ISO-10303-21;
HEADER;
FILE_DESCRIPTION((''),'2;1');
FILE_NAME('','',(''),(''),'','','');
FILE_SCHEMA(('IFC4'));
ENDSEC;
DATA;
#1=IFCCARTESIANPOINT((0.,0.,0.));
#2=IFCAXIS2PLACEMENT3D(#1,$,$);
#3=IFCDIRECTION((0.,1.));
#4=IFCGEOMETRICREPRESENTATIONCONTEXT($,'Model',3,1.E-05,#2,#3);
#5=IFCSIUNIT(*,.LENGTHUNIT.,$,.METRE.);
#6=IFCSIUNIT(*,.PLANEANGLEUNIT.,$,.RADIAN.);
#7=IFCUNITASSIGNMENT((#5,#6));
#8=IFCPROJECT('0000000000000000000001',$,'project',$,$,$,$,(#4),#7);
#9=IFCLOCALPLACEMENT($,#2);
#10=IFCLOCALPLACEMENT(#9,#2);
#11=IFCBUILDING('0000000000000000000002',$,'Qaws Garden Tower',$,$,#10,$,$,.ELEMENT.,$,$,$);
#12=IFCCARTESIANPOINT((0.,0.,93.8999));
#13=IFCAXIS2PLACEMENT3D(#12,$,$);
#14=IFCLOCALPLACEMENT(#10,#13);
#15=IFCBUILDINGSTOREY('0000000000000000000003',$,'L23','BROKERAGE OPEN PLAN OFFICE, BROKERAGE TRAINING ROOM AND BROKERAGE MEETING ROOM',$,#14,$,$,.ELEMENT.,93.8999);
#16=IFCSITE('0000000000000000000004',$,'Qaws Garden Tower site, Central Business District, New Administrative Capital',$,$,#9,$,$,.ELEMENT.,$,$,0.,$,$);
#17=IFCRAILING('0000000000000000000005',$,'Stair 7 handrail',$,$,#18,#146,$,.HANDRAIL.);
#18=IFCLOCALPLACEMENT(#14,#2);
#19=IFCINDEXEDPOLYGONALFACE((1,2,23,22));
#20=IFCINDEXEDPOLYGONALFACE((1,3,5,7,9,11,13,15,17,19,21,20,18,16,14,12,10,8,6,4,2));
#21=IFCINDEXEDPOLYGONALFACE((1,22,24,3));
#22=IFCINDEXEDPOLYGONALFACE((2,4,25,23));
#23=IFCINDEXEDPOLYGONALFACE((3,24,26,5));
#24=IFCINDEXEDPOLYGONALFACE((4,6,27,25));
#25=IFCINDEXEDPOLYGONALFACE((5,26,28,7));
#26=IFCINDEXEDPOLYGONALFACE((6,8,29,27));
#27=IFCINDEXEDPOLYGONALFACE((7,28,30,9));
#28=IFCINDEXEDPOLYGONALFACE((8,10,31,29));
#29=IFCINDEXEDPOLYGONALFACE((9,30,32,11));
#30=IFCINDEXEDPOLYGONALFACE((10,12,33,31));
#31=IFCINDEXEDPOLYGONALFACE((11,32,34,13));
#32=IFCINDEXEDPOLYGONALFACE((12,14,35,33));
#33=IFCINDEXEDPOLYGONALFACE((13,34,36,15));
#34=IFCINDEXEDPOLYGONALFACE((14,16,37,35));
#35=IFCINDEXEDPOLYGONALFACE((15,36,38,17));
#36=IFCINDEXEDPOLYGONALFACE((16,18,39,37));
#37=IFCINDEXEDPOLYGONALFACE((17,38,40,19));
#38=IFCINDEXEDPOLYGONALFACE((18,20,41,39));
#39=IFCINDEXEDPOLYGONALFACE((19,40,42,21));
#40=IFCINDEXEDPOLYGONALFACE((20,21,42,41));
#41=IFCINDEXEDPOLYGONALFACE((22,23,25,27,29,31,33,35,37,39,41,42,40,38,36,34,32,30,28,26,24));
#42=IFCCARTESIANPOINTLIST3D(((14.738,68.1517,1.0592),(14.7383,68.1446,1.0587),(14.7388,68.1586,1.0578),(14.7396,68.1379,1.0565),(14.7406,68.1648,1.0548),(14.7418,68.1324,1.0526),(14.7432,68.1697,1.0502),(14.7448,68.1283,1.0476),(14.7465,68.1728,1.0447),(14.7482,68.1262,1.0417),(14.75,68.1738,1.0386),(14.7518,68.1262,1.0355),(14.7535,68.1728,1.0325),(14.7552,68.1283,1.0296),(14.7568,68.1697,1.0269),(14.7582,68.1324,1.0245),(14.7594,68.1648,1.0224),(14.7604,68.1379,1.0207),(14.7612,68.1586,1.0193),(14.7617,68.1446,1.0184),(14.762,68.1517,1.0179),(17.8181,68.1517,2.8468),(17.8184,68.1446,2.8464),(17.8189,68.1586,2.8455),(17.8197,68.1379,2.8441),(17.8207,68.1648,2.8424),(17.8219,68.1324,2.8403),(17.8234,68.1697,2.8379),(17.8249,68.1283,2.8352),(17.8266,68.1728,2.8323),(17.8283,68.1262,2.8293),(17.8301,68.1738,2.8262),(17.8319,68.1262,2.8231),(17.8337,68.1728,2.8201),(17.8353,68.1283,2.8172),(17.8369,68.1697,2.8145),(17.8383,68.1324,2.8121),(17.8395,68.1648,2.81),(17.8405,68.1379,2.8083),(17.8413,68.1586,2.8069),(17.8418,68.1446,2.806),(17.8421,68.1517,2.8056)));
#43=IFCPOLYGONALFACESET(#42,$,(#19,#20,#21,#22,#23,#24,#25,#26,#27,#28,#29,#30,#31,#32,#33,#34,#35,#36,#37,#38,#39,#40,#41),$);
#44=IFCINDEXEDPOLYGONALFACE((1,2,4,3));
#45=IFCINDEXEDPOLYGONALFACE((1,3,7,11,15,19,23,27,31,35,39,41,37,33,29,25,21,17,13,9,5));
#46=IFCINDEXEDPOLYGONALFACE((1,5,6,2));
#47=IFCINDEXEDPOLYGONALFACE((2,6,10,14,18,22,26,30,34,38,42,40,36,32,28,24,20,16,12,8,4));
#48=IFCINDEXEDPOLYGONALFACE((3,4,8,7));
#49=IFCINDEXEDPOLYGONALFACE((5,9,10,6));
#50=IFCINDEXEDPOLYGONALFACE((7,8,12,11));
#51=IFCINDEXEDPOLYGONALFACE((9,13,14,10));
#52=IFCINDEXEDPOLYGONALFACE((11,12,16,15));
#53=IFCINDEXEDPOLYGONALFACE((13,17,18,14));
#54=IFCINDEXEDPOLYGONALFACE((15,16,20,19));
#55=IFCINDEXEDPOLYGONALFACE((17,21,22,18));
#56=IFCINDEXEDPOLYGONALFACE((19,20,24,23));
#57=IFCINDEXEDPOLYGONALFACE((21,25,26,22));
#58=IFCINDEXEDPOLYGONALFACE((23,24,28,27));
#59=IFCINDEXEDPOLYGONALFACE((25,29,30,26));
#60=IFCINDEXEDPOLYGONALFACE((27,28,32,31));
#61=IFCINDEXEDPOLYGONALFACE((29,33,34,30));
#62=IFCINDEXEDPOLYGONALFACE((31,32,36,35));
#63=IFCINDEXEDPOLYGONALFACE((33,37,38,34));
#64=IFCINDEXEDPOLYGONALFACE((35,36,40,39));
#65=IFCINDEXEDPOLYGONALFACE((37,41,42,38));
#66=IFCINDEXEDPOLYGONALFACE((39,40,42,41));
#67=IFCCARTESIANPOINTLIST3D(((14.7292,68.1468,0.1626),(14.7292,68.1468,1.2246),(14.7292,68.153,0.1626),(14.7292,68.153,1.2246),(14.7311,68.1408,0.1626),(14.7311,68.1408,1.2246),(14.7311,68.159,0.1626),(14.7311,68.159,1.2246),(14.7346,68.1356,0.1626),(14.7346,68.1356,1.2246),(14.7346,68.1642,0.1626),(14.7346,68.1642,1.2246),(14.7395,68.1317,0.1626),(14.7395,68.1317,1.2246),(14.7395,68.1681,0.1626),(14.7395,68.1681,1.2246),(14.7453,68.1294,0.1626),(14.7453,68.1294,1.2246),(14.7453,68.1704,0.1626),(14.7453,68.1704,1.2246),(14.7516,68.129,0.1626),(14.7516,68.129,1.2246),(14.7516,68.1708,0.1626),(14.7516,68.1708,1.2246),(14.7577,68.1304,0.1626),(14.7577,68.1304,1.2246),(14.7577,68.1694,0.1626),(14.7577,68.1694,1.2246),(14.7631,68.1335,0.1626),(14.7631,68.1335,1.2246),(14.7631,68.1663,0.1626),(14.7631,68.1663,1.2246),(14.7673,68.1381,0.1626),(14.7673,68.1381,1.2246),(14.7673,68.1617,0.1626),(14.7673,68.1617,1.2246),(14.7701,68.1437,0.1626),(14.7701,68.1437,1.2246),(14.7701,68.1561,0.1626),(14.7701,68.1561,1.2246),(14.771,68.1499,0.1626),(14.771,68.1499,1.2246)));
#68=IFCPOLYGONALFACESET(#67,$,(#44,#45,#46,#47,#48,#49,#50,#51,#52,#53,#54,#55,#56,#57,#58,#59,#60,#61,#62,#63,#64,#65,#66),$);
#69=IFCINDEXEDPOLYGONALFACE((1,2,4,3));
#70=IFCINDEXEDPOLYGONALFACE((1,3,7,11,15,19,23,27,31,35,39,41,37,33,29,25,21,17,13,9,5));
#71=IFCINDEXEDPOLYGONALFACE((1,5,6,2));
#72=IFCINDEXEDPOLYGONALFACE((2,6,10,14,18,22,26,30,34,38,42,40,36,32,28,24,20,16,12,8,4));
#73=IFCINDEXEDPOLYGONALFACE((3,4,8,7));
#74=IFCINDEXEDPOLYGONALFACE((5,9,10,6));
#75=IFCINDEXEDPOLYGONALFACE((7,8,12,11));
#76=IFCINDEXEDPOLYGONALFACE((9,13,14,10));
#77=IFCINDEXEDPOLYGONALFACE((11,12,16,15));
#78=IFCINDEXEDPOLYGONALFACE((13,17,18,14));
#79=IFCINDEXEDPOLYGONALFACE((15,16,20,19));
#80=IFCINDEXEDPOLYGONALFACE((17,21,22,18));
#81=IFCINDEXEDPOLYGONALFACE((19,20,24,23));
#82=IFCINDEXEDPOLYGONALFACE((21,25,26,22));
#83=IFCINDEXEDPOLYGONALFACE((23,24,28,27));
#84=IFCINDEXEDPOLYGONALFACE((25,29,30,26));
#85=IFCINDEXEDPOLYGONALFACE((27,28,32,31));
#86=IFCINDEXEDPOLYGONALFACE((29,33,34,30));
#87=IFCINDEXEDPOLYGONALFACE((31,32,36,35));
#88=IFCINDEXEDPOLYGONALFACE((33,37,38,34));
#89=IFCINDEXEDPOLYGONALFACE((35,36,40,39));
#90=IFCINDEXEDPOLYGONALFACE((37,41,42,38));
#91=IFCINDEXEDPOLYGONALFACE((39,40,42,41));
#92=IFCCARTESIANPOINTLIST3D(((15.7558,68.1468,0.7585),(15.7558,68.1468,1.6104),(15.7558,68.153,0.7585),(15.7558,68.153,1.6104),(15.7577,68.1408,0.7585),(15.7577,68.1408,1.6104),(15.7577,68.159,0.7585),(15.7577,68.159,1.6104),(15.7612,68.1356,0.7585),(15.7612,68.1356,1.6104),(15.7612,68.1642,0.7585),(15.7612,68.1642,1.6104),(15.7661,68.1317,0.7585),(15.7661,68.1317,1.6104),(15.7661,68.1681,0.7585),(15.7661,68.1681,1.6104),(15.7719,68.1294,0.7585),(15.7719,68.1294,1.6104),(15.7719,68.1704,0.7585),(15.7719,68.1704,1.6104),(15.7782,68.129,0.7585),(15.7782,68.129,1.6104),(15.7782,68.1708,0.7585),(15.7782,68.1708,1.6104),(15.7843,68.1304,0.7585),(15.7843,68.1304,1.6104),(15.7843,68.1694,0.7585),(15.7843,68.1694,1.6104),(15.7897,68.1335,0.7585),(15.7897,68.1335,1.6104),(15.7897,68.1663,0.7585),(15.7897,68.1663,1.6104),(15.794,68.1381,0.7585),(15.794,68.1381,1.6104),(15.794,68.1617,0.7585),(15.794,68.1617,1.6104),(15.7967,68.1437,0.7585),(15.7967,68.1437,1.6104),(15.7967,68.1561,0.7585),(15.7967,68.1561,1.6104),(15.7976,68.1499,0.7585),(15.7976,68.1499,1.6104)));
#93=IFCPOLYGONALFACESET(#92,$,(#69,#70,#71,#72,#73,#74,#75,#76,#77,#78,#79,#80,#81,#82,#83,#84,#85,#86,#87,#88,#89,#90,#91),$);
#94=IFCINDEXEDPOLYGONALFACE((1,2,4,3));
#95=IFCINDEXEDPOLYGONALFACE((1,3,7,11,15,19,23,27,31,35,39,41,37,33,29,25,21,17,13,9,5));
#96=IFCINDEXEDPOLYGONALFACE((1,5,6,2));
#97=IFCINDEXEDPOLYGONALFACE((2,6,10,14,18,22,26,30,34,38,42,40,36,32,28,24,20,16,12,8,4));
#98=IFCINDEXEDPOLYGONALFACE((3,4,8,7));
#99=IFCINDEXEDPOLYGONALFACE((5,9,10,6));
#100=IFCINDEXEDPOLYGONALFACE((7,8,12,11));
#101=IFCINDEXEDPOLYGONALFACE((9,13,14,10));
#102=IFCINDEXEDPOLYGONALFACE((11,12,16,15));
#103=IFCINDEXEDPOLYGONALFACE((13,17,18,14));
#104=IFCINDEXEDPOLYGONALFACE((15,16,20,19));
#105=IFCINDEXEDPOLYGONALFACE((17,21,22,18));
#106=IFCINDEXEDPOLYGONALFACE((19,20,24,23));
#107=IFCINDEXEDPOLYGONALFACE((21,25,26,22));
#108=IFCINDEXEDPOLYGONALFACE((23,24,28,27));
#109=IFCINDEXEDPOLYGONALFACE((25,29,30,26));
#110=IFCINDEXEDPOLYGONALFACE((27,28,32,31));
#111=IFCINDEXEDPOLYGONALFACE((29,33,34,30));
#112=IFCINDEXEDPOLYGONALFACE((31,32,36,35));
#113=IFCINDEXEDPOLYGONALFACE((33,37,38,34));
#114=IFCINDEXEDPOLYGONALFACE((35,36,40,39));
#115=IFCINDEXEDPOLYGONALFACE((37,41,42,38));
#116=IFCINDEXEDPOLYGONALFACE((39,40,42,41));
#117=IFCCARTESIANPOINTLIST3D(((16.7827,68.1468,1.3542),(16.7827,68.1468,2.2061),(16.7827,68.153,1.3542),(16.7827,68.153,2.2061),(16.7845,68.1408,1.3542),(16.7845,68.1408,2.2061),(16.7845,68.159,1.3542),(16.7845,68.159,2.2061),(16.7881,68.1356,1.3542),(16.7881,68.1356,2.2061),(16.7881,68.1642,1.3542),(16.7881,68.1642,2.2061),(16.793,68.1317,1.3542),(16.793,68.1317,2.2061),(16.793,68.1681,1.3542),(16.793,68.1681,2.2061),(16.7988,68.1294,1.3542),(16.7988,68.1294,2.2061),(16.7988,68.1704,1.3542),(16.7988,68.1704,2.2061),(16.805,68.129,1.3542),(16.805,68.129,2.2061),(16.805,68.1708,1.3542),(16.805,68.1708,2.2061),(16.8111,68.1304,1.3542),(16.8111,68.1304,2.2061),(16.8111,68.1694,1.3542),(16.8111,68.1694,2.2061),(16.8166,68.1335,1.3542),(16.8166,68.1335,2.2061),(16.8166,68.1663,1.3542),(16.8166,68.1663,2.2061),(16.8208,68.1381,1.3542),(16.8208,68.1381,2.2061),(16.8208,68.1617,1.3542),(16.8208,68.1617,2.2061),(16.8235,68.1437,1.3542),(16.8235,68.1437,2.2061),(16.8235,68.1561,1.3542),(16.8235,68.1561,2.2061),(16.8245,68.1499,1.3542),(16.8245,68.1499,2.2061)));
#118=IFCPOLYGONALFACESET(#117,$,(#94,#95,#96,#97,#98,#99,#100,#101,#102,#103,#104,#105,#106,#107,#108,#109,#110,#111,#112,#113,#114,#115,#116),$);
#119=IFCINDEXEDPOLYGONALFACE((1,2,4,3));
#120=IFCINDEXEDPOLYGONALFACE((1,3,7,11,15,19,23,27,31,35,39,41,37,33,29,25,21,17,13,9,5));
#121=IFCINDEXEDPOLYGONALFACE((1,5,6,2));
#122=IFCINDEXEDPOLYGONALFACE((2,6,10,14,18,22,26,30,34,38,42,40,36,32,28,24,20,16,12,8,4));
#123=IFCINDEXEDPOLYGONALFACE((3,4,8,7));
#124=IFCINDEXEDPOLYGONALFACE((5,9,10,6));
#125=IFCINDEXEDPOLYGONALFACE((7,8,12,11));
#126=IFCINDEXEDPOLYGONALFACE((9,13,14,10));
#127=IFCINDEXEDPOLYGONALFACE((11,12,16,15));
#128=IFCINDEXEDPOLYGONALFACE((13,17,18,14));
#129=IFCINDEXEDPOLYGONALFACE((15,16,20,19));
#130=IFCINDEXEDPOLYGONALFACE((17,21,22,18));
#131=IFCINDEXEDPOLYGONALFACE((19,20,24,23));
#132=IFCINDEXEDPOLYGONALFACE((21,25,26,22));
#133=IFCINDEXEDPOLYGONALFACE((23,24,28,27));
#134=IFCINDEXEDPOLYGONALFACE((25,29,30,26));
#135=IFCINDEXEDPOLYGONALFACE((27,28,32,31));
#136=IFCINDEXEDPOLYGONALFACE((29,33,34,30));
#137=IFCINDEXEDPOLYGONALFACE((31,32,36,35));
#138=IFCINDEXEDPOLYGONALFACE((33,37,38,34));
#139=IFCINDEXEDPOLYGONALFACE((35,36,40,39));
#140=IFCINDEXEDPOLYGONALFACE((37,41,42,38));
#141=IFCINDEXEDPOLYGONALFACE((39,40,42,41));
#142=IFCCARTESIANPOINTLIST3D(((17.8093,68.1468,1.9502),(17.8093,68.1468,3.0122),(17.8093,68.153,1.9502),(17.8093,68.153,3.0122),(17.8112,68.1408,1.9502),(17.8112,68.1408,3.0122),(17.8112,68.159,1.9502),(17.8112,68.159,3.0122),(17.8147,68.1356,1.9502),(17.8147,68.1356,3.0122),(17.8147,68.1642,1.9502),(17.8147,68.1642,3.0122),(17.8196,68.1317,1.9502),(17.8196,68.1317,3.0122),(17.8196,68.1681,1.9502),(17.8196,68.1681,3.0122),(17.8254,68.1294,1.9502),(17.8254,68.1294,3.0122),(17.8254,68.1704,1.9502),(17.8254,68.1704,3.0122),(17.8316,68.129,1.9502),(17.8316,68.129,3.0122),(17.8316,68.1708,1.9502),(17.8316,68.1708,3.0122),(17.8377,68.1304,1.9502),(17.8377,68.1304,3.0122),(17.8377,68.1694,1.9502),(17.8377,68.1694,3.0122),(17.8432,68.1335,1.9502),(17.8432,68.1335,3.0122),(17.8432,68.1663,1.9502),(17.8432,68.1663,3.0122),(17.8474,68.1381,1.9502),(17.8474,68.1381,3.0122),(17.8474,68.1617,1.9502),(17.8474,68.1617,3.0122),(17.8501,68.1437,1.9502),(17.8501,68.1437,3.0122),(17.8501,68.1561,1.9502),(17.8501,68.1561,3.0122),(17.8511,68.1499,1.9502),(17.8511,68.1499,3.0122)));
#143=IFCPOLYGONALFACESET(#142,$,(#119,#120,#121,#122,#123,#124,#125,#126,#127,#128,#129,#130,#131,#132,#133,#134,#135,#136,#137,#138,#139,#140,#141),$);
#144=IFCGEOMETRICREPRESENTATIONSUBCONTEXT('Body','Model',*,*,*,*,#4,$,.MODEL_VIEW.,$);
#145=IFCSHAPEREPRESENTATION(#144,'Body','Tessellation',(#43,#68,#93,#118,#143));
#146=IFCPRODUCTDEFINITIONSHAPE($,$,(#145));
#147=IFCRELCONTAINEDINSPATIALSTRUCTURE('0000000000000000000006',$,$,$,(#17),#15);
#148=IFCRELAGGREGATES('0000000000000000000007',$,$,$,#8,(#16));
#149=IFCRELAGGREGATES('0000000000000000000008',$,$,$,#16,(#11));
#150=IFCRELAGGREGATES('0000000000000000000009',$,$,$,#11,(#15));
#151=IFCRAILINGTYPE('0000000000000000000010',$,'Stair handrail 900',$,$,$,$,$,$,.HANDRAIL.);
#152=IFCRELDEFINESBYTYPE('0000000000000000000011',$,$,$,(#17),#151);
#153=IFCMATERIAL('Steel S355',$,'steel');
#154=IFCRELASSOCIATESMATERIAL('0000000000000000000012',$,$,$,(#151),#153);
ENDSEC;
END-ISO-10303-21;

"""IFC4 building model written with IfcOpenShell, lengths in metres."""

from ifc_helpers import new_model, si_unit, direction, frame, origin, origin_2d, place, context, subcontext, project, spatial, circle, extrude, material, type_object, element, save


model = new_model("IFC4")

# Units and contexts
model_context = context("Model", 3, precision=1e-05, world=origin(), true_north=direction((0.0, 1.0)))
body_context = subcontext(model_context, "Body", "Model", "MODEL_VIEW")
ifc_project = project(units=[si_unit("LENGTHUNIT", "METRE"), si_unit("PLANEANGLEUNIT", "RADIAN")], contexts=[model_context])

# Site, building, storey
site_placement = place(None, origin())
site = spatial("IfcSite", under=ifc_project, at=site_placement, Name="Qaws Garden Tower site, Central Business District, New Administrative Capital", CompositionType="ELEMENT", RefElevation=0.0)
building_placement = place(site_placement, origin())
building = spatial("IfcBuilding", under=site, at=building_placement, Name="Qaws Garden Tower", CompositionType="ELEMENT")
storey_placement = place(building_placement, frame((0.0, 0.0, 93.8999)))
storey = spatial("IfcBuildingStorey", under=building, at=storey_placement, Name="L23", Description="BROKERAGE OPEN PLAN OFFICE, BROKERAGE TRAINING ROOM AND BROKERAGE MEETING ROOM", CompositionType="ELEMENT", Elevation=93.8999)

# Railing
ifc_material_1 = material(Name="Steel S355", Category="steel")
railing_type = type_object("IfcRailingType", Name="Stair handrail 900", PredefinedType="HANDRAIL", material=ifc_material_1)
railing_1_placement = place(storey_placement, frame((14.75, 68.1499, 0.1626)))
element("IfcRailing", 1, at=railing_1_placement, inside=storey, type_object=railing_type, Name="Stair 7 handrail", PredefinedType="HANDRAIL", context=body_context, shape_type="SweptSolid", body=[
    extrude(circle(Radius=0.0239, at=origin_2d()), frame((0.0, 0.0, 0.876), z_axis=(0.864891, 0.0, 0.50196), x_axis=(0.0, 1.0, 0.0)), (0.0, 0.0, 1.0), 3.5613),
    extrude(circle(Radius=0.021, at=origin_2d()), origin(), (0.0, 0.0, 1.0), 1.062),
    extrude(circle(Radius=0.021, at=origin_2d()), frame((1.0266, 0.0, 0.5959)), (0.0, 0.0, 1.0), 0.8518),
    extrude(circle(Radius=0.021, at=origin_2d()), frame((2.0535, 0.0, 1.1917)), (0.0, 0.0, 1.0), 0.8518),
    extrude(circle(Radius=0.021, at=origin_2d()), frame((3.0801, 0.0, 1.7876)), (0.0, 0.0, 1.0), 1.062),
])

save(model, "model.ifc")
